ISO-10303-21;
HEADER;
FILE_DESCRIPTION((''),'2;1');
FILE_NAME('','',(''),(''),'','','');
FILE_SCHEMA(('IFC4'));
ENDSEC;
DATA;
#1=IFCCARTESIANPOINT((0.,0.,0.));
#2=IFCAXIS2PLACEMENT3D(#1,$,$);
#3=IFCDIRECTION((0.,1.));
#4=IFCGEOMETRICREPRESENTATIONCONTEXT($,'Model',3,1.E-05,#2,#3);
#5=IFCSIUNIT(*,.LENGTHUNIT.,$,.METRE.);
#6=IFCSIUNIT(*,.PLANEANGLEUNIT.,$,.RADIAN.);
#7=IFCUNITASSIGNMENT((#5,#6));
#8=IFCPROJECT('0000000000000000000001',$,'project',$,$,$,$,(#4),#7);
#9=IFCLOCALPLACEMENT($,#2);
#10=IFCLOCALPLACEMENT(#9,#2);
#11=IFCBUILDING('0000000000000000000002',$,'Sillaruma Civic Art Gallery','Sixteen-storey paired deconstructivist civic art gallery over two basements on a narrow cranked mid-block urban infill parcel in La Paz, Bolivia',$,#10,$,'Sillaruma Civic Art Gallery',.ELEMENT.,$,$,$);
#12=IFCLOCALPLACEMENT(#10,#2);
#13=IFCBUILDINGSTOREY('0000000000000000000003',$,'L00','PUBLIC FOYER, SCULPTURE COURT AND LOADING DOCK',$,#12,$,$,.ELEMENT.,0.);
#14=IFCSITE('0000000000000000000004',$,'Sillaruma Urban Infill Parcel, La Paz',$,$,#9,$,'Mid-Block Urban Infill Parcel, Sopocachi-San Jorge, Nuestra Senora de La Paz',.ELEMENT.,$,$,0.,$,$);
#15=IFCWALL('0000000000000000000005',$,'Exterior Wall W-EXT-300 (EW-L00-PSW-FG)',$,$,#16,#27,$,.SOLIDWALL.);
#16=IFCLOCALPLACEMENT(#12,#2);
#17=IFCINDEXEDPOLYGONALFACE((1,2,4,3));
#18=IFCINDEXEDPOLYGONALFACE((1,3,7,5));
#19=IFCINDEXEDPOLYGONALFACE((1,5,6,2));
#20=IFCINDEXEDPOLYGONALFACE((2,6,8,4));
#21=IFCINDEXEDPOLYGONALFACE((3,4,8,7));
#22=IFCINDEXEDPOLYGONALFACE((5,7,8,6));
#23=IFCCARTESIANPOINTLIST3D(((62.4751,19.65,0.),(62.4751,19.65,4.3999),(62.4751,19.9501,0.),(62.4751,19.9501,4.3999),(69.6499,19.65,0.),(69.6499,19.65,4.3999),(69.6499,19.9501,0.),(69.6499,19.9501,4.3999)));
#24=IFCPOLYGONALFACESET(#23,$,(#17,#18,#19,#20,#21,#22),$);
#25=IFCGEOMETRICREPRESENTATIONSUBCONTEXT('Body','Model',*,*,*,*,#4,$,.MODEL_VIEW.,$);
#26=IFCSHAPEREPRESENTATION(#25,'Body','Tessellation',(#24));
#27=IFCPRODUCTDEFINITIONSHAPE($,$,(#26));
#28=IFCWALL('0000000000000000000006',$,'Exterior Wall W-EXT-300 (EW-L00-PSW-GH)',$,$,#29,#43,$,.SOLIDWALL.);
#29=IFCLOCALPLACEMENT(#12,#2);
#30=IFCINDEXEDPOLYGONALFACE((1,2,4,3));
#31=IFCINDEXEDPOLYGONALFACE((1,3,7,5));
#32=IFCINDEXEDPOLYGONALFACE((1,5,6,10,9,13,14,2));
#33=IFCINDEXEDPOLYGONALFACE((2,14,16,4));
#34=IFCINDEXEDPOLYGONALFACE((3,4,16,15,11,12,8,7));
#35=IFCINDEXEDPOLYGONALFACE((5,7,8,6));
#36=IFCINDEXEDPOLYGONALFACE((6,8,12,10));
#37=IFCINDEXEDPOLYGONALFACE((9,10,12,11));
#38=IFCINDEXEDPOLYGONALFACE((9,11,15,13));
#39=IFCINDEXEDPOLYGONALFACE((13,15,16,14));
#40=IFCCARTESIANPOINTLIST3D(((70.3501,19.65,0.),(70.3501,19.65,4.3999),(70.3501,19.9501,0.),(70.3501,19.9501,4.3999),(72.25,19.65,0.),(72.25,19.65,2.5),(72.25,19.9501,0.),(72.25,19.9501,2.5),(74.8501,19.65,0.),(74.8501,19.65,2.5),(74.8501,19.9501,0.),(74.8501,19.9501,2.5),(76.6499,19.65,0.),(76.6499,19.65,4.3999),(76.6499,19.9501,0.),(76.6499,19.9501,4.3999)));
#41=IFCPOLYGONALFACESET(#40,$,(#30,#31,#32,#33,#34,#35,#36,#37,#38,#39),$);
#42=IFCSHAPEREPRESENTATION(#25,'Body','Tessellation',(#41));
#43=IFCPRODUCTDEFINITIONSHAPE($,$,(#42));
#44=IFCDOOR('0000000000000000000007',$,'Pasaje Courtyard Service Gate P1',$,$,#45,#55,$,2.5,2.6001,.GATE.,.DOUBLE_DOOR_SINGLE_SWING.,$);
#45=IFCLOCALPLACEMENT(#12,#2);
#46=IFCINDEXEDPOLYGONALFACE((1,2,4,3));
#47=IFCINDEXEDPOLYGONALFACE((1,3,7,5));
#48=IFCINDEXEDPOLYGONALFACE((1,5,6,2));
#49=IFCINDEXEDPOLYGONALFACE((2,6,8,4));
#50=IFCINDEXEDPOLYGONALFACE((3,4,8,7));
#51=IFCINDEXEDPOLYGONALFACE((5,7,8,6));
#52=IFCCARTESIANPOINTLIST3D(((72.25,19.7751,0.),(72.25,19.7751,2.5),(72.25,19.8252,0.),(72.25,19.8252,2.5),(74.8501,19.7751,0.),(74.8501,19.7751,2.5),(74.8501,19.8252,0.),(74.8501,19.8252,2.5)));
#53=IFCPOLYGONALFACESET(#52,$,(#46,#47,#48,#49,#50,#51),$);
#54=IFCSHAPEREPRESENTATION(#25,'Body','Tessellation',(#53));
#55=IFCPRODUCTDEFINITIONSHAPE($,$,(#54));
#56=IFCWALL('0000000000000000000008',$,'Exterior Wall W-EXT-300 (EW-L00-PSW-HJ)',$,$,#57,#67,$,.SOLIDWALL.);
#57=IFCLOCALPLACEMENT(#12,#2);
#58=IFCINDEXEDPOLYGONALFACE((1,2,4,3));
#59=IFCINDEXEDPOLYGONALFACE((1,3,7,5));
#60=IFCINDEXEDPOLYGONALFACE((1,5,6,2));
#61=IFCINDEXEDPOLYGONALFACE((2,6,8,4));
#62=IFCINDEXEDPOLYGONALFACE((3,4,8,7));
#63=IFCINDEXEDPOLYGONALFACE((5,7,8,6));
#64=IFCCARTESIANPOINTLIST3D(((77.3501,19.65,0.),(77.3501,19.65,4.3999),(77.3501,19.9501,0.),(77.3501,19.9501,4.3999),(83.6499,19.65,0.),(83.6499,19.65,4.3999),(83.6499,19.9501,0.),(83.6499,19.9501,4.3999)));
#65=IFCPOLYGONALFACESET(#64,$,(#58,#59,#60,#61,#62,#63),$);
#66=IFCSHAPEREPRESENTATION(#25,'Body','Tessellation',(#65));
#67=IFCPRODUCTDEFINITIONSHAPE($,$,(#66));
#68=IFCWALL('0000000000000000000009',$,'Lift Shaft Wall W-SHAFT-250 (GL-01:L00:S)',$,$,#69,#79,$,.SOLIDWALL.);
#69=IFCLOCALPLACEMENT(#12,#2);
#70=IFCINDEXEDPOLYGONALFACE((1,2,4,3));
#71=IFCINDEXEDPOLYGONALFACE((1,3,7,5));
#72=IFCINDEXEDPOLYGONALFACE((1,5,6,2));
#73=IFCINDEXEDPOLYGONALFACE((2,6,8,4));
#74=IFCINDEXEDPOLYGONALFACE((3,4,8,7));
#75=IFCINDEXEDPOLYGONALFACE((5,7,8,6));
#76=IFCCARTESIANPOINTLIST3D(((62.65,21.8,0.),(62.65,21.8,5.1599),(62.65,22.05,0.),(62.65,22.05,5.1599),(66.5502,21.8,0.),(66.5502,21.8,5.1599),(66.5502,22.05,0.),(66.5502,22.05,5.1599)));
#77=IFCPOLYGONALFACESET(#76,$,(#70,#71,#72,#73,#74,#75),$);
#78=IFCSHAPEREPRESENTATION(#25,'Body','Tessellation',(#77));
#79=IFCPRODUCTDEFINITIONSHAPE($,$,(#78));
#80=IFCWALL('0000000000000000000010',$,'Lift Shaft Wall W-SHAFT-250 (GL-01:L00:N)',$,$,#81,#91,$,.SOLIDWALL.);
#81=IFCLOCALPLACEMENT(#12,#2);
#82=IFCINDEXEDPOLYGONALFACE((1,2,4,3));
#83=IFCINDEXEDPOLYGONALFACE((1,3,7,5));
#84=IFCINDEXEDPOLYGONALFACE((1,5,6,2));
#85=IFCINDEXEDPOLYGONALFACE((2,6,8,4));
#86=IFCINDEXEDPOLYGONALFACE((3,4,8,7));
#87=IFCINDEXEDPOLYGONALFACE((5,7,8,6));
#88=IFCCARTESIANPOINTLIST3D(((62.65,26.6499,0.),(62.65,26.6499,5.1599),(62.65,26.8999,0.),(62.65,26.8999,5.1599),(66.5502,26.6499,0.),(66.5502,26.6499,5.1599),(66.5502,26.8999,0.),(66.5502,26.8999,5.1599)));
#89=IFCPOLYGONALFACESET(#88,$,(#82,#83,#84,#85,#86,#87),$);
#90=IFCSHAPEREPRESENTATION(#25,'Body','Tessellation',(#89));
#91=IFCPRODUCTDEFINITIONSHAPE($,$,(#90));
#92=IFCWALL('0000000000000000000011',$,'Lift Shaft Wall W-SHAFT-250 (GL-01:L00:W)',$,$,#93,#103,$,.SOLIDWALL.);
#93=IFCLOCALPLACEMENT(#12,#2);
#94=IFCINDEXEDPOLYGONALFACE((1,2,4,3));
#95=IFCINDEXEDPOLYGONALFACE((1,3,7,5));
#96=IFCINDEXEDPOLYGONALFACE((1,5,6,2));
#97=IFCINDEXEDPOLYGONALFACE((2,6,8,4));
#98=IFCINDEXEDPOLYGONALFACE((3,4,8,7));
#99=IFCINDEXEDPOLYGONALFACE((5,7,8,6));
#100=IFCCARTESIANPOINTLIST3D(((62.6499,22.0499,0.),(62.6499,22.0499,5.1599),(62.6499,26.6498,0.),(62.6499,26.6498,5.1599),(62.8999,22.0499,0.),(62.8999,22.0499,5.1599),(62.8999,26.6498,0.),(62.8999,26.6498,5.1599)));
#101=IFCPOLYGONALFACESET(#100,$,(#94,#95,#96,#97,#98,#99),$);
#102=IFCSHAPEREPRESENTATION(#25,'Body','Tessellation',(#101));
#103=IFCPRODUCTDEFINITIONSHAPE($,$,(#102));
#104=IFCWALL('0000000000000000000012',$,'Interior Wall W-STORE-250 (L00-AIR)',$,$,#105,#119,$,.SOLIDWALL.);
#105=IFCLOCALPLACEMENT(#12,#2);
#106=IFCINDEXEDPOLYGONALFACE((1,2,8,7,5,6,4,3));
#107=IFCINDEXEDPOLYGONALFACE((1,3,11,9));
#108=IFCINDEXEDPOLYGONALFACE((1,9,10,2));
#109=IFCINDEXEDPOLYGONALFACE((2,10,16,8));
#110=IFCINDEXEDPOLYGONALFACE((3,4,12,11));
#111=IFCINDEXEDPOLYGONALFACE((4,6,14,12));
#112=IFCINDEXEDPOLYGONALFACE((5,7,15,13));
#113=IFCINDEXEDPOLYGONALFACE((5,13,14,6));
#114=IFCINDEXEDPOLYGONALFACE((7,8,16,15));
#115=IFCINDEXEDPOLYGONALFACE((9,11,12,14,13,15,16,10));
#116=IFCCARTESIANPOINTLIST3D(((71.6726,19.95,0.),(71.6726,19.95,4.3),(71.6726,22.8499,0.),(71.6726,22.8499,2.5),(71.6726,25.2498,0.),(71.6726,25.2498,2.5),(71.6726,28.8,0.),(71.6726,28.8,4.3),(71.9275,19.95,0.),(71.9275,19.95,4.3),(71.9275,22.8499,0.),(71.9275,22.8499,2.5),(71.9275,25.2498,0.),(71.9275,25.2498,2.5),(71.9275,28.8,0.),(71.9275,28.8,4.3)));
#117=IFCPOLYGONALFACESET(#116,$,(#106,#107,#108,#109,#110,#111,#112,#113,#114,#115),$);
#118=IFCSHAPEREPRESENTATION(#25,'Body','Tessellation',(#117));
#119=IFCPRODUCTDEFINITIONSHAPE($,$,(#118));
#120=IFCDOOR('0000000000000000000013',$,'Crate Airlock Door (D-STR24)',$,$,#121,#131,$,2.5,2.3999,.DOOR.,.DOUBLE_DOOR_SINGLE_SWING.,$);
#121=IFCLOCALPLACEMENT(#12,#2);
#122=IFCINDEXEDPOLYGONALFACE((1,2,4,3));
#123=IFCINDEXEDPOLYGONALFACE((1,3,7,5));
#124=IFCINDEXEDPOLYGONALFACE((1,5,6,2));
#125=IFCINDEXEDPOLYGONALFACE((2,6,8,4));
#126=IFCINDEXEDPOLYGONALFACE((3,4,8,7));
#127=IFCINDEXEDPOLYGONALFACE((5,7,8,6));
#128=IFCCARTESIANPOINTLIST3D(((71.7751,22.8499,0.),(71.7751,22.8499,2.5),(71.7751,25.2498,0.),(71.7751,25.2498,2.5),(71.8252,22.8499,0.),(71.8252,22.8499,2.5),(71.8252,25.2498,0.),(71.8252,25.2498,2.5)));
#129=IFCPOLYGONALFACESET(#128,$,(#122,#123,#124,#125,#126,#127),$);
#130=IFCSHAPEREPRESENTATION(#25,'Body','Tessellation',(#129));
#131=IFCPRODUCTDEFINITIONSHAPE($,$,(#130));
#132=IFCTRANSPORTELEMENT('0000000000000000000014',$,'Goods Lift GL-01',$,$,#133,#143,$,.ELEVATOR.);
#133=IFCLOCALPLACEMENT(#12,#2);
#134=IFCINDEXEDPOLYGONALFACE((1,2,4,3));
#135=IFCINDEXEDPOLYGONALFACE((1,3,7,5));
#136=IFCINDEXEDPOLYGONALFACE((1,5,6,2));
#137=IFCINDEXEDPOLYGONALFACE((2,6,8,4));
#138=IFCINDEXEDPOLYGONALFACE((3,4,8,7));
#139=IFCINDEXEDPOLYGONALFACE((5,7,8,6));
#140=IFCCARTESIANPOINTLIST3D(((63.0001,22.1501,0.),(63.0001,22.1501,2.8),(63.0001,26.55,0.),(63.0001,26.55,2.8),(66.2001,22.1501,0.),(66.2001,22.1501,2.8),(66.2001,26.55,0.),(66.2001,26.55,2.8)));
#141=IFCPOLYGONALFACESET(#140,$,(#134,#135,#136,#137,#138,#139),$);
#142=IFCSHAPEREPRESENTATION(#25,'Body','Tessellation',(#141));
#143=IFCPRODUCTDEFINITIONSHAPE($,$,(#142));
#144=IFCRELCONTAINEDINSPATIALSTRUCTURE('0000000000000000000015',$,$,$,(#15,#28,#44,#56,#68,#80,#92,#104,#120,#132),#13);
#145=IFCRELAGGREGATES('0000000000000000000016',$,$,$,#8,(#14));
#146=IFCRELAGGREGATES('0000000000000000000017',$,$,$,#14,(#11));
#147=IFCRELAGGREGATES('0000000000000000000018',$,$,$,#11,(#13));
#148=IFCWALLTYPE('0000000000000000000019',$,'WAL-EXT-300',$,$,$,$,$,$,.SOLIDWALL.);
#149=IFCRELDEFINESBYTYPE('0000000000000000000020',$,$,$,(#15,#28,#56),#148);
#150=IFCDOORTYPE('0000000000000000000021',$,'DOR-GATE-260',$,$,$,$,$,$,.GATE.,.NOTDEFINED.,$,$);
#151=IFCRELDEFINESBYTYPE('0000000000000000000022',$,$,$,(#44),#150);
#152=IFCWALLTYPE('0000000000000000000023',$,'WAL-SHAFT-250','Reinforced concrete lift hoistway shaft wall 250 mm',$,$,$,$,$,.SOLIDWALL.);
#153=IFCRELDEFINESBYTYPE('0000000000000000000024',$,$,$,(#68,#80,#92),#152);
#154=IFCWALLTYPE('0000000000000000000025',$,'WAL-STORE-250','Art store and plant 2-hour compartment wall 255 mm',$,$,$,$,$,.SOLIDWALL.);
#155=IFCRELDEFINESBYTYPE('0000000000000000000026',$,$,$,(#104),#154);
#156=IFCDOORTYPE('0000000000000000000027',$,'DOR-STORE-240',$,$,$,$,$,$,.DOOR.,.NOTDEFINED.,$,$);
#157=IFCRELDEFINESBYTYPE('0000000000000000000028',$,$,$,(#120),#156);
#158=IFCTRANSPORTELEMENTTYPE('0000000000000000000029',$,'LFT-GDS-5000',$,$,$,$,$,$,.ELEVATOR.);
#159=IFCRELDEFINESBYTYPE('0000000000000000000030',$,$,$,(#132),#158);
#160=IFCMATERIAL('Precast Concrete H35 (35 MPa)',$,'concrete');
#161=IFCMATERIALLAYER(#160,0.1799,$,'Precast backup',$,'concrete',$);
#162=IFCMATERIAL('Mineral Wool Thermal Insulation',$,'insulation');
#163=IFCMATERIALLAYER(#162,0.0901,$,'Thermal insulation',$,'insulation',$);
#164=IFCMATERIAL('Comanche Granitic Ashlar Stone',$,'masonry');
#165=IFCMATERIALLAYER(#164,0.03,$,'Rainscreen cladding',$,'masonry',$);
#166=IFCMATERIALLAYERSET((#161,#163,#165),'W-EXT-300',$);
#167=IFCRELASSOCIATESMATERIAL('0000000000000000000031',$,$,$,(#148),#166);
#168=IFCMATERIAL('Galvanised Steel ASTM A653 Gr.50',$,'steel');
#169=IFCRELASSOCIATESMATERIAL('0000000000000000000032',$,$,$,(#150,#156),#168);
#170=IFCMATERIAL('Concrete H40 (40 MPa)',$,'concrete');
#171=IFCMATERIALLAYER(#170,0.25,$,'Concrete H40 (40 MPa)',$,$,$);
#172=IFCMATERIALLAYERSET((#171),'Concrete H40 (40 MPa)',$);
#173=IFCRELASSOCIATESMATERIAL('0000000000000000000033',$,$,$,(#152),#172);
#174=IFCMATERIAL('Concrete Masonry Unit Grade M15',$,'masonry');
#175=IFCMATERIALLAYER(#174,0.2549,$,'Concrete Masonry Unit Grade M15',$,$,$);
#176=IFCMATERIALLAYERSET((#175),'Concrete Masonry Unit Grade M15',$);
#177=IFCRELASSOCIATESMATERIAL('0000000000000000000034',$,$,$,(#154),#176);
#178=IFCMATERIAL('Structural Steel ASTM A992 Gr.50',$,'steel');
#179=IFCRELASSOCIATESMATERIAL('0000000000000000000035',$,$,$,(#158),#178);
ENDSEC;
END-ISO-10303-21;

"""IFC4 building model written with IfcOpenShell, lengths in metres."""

from ifc_helpers import new_model, si_unit, direction, frame, frame_2d, origin, origin_2d, place, context, subcontext, project, spatial, rectangle, extrude, material, layer, layer_set, type_object, element, fill, save


model = new_model("IFC4")

# Units and contexts
model_context = context("Model", 3, precision=1e-05, world=origin(), true_north=direction((0.0, 1.0)))
body_context = subcontext(model_context, "Body", "Model", "MODEL_VIEW")
ifc_project = project(units=[si_unit("LENGTHUNIT", "METRE"), si_unit("PLANEANGLEUNIT", "RADIAN")], contexts=[model_context])

# Site, building, storey
site_placement = place(None, origin())
site = spatial("IfcSite", under=ifc_project, at=site_placement, Name="Sillaruma Urban Infill Parcel, La Paz", LongName="Mid-Block Urban Infill Parcel, Sopocachi-San Jorge, Nuestra Senora de La Paz", CompositionType="ELEMENT", RefElevation=0.0)
building_placement = place(site_placement, origin())
building = spatial("IfcBuilding", under=site, at=building_placement, Name="Sillaruma Civic Art Gallery", Description="Sixteen-storey paired deconstructivist civic art gallery over two basements on a narrow cranked mid-block urban infill parcel in La Paz, Bolivia", LongName="Sillaruma Civic Art Gallery", CompositionType="ELEMENT")
storey_placement = place(building_placement, origin())
storey = spatial("IfcBuildingStorey", under=building, at=storey_placement, Name="L00", Description="PUBLIC FOYER, SCULPTURE COURT AND LOADING DOCK", CompositionType="ELEMENT", Elevation=0.0)

# Shared definitions
ifc_material_1 = material(Name="Concrete H40 (40 MPa)", Category="concrete")

# Wall
ifc_material_2 = material(Name="Precast Concrete H35 (35 MPa)", Category="concrete")
ifc_layer_1 = layer(ifc_material_2, 0.1799, Name="Precast backup", Category="concrete")
ifc_material_3 = material(Name="Mineral Wool Thermal Insulation", Category="insulation")
ifc_layer_2 = layer(ifc_material_3, 0.0901, Name="Thermal insulation", Category="insulation")
ifc_material_4 = material(Name="Comanche Granitic Ashlar Stone", Category="masonry")
ifc_layer_3 = layer(ifc_material_4, 0.03, Name="Rainscreen cladding", Category="masonry")
ifc_layer_set_1 = layer_set([ifc_layer_1, ifc_layer_2, ifc_layer_3], Name="W-EXT-300")
wall_type_1 = type_object("IfcWallType", Name="WAL-EXT-300", PredefinedType="SOLIDWALL", material=ifc_layer_set_1)
wall_1_placement = place(storey_placement, frame((62.4751, 19.8, 0.0), z_axis=(0.0, 0.0, 1.0), x_axis=(1.0, 0.0, 0.0)))
element("IfcWall", 1, at=wall_1_placement, inside=storey, type_object=wall_type_1, Name="Exterior Wall W-EXT-300 (EW-L00-PSW-FG)", PredefinedType="SOLIDWALL", context=body_context, shape_type="SweptSolid", body=[
    extrude(rectangle(XDim=7.1748, YDim=0.3, at=frame_2d((3.5874, 0.0))), origin(), (0.0, 0.0, 1.0), 4.3999),
])

# Wall, opening, door
wall_2_placement = place(storey_placement, frame((70.3501, 19.8, 0.0), z_axis=(0.0, 0.0, 1.0), x_axis=(1.0, 0.0, 0.0)))
wall_2 = element("IfcWall", 2, at=wall_2_placement, inside=storey, type_object=wall_type_1, Name="Exterior Wall W-EXT-300 (EW-L00-PSW-GH)", PredefinedType="SOLIDWALL", context=body_context, shape_type="SweptSolid", body=[
    extrude(rectangle(XDim=6.2998, YDim=0.3, at=frame_2d((3.1499, 0.0))), origin(), (0.0, 0.0, 1.0), 4.3999),
])
opening_1_placement = place(wall_2_placement, frame((1.8999, 0.0, 0.0)))
opening_1 = element("IfcOpeningElement", 3, at=opening_1_placement, cuts=wall_2, PredefinedType="OPENING", context=body_context, shape_type="SweptSolid", body=[
    extrude(rectangle(XDim=2.6001, YDim=2.5, at=frame_2d((1.3, 1.25))), frame((0.0, 0.1599, 0.0), z_axis=(0.0, -1.0, 0.0), x_axis=(1.0, 0.0, 0.0)), (0.0, 0.0, 1.0), 0.3201),
])
ifc_material_5 = material(Name="Galvanised Steel ASTM A653 Gr.50", Category="steel")
door_type_1 = type_object("IfcDoorType", Name="DOR-GATE-260", OperationType="NOTDEFINED", PredefinedType="GATE", material=ifc_material_5)
door_1_placement = place(opening_1_placement, frame((2.6001, 0.0, 0.0), z_axis=(0.0, 0.0, 1.0), x_axis=(-1.0, 0.0, 0.0)))
door_1 = element("IfcDoor", 4, at=door_1_placement, inside=storey, type_object=door_type_1, Name="Pasaje Courtyard Service Gate P1", OperationType="DOUBLE_DOOR_SINGLE_SWING", OverallHeight=2.5, OverallWidth=2.6001, PredefinedType="GATE", context=body_context, shape_type="SweptSolid", body=[
    extrude(rectangle(XDim=2.6001, YDim=2.5, at=frame_2d((1.3, 1.25))), frame((0.0, 0.0249, 0.0), z_axis=(0.0, -1.0, 0.0), x_axis=(1.0, 0.0, 0.0)), (0.0, 0.0, 1.0), 0.05),
])
fill(opening_1, door_1)

# Walls
wall_3_placement = place(storey_placement, frame((77.3501, 19.8, 0.0), z_axis=(0.0, 0.0, 1.0), x_axis=(1.0, 0.0, 0.0)))
element("IfcWall", 5, at=wall_3_placement, inside=storey, type_object=wall_type_1, Name="Exterior Wall W-EXT-300 (EW-L00-PSW-HJ)", PredefinedType="SOLIDWALL", context=body_context, shape_type="SweptSolid", body=[
    extrude(rectangle(XDim=6.2998, YDim=0.3, at=frame_2d((3.1499, 0.0))), origin(), (0.0, 0.0, 1.0), 4.3999),
])
ifc_layer_4 = layer(ifc_material_1, 0.25, Name="Concrete H40 (40 MPa)")
ifc_layer_set_2 = layer_set([ifc_layer_4], Name="Concrete H40 (40 MPa)")
wall_type_2 = type_object("IfcWallType", Name="WAL-SHAFT-250", Description="Reinforced concrete lift hoistway shaft wall 250 mm", PredefinedType="SOLIDWALL", material=ifc_layer_set_2)
for number, where, z_axis, x_axis, name in (
    (6, (62.6499, 21.925, 0.0), (0.0, 0.0, 1.0), (1.0, 0.0, 0.0), "Lift Shaft Wall W-SHAFT-250 (GL-01:L00:S)"),
    (7, (62.6499, 26.7749, 0.0), (0.0, 0.0, 1.0), (1.0, 0.0, 0.0), "Lift Shaft Wall W-SHAFT-250 (GL-01:L00:N)"),
):
    element("IfcWall", number, at=place(storey_placement, frame(where, z_axis=z_axis, x_axis=x_axis)), inside=storey, type_object=wall_type_2, Name=name, PredefinedType="SOLIDWALL", context=body_context, shape_type="SweptSolid", body=[
        extrude(rectangle(XDim=3.9001, YDim=0.25, at=frame_2d((1.9502, 0.0))), origin(), (0.0, 0.0, 1.0), 5.1599),
    ])
wall_4_placement = place(storey_placement, frame((62.7749, 22.05, 0.0), z_axis=(0.0, 0.0, 1.0), x_axis=(0.0, 1.0, 0.0)))
element("IfcWall", 8, at=wall_4_placement, inside=storey, type_object=wall_type_2, Name="Lift Shaft Wall W-SHAFT-250 (GL-01:L00:W)", PredefinedType="SOLIDWALL", context=body_context, shape_type="SweptSolid", body=[
    extrude(rectangle(XDim=4.5999, YDim=0.25, at=frame_2d((2.2998, 0.0))), origin(), (0.0, 0.0, 1.0), 5.1599),
])

# Wall, opening, door
ifc_material_6 = material(Name="Concrete Masonry Unit Grade M15", Category="masonry")
ifc_layer_5 = layer(ifc_material_6, 0.2549, Name="Concrete Masonry Unit Grade M15")
ifc_layer_set_3 = layer_set([ifc_layer_5], Name="Concrete Masonry Unit Grade M15")
wall_type_3 = type_object("IfcWallType", Name="WAL-STORE-250", Description="Art store and plant 2-hour compartment wall 255 mm", PredefinedType="SOLIDWALL", material=ifc_layer_set_3)
wall_5_placement = place(storey_placement, frame((71.8, 19.95, 0.0), z_axis=(0.0, 0.0, 1.0), x_axis=(0.0, 1.0, 0.0)))
wall_5 = element("IfcWall", 9, at=wall_5_placement, inside=storey, type_object=wall_type_3, Name="Interior Wall W-STORE-250 (L00-AIR)", PredefinedType="SOLIDWALL", context=body_context, shape_type="SweptSolid", body=[
    extrude(rectangle(XDim=8.8501, YDim=0.2549, at=frame_2d((4.425, 0.0))), origin(), (0.0, 0.0, 1.0), 4.3),
])
opening_2_placement = place(wall_5_placement, frame((2.8999, 0.0, 0.0)))
opening_2 = element("IfcOpeningElement", 10, at=opening_2_placement, cuts=wall_5, PredefinedType="OPENING", context=body_context, shape_type="SweptSolid", body=[
    extrude(rectangle(XDim=2.3999, YDim=2.5, at=frame_2d((1.2, 1.25))), frame((0.0, 0.1375, 0.0), z_axis=(0.0, -1.0, 0.0), x_axis=(1.0, 0.0, 0.0)), (0.0, 0.0, 1.0), 0.2749),
])
door_type_2 = type_object("IfcDoorType", Name="DOR-STORE-240", OperationType="NOTDEFINED", PredefinedType="DOOR", material=ifc_material_5)
door_2_placement = place(opening_2_placement, origin())
door_2 = element("IfcDoor", 11, at=door_2_placement, inside=storey, type_object=door_type_2, Name="Crate Airlock Door (D-STR24)", OperationType="DOUBLE_DOOR_SINGLE_SWING", OverallHeight=2.5, OverallWidth=2.3999, PredefinedType="DOOR", context=body_context, shape_type="SweptSolid", body=[
    extrude(rectangle(XDim=2.3999, YDim=2.5, at=frame_2d((1.2, 1.25))), frame((0.0, 0.0249, 0.0), z_axis=(0.0, -1.0, 0.0), x_axis=(1.0, 0.0, 0.0)), (0.0, 0.0, 1.0), 0.05),
])
fill(opening_2, door_2)

# Transport element
ifc_material_7 = material(Name="Structural Steel ASTM A992 Gr.50", Category="steel")
transport_element_type = type_object("IfcTransportElementType", Name="LFT-GDS-5000", PredefinedType="ELEVATOR", material=ifc_material_7)
transport_element_placement = place(storey_placement, frame((64.6001, 24.3501, 0.0), z_axis=(0.0, 0.0, 1.0), x_axis=(1.0, 0.0, 0.0)))
element("IfcTransportElement", 12, at=transport_element_placement, inside=storey, type_object=transport_element_type, Name="Goods Lift GL-01", PredefinedType="ELEVATOR", context=body_context, shape_type="SweptSolid", body=[
    extrude(rectangle(XDim=3.2, YDim=4.3999, at=origin_2d()), origin(), (0.0, 0.0, 1.0), 2.8),
])

save(model, "model.ifc")
